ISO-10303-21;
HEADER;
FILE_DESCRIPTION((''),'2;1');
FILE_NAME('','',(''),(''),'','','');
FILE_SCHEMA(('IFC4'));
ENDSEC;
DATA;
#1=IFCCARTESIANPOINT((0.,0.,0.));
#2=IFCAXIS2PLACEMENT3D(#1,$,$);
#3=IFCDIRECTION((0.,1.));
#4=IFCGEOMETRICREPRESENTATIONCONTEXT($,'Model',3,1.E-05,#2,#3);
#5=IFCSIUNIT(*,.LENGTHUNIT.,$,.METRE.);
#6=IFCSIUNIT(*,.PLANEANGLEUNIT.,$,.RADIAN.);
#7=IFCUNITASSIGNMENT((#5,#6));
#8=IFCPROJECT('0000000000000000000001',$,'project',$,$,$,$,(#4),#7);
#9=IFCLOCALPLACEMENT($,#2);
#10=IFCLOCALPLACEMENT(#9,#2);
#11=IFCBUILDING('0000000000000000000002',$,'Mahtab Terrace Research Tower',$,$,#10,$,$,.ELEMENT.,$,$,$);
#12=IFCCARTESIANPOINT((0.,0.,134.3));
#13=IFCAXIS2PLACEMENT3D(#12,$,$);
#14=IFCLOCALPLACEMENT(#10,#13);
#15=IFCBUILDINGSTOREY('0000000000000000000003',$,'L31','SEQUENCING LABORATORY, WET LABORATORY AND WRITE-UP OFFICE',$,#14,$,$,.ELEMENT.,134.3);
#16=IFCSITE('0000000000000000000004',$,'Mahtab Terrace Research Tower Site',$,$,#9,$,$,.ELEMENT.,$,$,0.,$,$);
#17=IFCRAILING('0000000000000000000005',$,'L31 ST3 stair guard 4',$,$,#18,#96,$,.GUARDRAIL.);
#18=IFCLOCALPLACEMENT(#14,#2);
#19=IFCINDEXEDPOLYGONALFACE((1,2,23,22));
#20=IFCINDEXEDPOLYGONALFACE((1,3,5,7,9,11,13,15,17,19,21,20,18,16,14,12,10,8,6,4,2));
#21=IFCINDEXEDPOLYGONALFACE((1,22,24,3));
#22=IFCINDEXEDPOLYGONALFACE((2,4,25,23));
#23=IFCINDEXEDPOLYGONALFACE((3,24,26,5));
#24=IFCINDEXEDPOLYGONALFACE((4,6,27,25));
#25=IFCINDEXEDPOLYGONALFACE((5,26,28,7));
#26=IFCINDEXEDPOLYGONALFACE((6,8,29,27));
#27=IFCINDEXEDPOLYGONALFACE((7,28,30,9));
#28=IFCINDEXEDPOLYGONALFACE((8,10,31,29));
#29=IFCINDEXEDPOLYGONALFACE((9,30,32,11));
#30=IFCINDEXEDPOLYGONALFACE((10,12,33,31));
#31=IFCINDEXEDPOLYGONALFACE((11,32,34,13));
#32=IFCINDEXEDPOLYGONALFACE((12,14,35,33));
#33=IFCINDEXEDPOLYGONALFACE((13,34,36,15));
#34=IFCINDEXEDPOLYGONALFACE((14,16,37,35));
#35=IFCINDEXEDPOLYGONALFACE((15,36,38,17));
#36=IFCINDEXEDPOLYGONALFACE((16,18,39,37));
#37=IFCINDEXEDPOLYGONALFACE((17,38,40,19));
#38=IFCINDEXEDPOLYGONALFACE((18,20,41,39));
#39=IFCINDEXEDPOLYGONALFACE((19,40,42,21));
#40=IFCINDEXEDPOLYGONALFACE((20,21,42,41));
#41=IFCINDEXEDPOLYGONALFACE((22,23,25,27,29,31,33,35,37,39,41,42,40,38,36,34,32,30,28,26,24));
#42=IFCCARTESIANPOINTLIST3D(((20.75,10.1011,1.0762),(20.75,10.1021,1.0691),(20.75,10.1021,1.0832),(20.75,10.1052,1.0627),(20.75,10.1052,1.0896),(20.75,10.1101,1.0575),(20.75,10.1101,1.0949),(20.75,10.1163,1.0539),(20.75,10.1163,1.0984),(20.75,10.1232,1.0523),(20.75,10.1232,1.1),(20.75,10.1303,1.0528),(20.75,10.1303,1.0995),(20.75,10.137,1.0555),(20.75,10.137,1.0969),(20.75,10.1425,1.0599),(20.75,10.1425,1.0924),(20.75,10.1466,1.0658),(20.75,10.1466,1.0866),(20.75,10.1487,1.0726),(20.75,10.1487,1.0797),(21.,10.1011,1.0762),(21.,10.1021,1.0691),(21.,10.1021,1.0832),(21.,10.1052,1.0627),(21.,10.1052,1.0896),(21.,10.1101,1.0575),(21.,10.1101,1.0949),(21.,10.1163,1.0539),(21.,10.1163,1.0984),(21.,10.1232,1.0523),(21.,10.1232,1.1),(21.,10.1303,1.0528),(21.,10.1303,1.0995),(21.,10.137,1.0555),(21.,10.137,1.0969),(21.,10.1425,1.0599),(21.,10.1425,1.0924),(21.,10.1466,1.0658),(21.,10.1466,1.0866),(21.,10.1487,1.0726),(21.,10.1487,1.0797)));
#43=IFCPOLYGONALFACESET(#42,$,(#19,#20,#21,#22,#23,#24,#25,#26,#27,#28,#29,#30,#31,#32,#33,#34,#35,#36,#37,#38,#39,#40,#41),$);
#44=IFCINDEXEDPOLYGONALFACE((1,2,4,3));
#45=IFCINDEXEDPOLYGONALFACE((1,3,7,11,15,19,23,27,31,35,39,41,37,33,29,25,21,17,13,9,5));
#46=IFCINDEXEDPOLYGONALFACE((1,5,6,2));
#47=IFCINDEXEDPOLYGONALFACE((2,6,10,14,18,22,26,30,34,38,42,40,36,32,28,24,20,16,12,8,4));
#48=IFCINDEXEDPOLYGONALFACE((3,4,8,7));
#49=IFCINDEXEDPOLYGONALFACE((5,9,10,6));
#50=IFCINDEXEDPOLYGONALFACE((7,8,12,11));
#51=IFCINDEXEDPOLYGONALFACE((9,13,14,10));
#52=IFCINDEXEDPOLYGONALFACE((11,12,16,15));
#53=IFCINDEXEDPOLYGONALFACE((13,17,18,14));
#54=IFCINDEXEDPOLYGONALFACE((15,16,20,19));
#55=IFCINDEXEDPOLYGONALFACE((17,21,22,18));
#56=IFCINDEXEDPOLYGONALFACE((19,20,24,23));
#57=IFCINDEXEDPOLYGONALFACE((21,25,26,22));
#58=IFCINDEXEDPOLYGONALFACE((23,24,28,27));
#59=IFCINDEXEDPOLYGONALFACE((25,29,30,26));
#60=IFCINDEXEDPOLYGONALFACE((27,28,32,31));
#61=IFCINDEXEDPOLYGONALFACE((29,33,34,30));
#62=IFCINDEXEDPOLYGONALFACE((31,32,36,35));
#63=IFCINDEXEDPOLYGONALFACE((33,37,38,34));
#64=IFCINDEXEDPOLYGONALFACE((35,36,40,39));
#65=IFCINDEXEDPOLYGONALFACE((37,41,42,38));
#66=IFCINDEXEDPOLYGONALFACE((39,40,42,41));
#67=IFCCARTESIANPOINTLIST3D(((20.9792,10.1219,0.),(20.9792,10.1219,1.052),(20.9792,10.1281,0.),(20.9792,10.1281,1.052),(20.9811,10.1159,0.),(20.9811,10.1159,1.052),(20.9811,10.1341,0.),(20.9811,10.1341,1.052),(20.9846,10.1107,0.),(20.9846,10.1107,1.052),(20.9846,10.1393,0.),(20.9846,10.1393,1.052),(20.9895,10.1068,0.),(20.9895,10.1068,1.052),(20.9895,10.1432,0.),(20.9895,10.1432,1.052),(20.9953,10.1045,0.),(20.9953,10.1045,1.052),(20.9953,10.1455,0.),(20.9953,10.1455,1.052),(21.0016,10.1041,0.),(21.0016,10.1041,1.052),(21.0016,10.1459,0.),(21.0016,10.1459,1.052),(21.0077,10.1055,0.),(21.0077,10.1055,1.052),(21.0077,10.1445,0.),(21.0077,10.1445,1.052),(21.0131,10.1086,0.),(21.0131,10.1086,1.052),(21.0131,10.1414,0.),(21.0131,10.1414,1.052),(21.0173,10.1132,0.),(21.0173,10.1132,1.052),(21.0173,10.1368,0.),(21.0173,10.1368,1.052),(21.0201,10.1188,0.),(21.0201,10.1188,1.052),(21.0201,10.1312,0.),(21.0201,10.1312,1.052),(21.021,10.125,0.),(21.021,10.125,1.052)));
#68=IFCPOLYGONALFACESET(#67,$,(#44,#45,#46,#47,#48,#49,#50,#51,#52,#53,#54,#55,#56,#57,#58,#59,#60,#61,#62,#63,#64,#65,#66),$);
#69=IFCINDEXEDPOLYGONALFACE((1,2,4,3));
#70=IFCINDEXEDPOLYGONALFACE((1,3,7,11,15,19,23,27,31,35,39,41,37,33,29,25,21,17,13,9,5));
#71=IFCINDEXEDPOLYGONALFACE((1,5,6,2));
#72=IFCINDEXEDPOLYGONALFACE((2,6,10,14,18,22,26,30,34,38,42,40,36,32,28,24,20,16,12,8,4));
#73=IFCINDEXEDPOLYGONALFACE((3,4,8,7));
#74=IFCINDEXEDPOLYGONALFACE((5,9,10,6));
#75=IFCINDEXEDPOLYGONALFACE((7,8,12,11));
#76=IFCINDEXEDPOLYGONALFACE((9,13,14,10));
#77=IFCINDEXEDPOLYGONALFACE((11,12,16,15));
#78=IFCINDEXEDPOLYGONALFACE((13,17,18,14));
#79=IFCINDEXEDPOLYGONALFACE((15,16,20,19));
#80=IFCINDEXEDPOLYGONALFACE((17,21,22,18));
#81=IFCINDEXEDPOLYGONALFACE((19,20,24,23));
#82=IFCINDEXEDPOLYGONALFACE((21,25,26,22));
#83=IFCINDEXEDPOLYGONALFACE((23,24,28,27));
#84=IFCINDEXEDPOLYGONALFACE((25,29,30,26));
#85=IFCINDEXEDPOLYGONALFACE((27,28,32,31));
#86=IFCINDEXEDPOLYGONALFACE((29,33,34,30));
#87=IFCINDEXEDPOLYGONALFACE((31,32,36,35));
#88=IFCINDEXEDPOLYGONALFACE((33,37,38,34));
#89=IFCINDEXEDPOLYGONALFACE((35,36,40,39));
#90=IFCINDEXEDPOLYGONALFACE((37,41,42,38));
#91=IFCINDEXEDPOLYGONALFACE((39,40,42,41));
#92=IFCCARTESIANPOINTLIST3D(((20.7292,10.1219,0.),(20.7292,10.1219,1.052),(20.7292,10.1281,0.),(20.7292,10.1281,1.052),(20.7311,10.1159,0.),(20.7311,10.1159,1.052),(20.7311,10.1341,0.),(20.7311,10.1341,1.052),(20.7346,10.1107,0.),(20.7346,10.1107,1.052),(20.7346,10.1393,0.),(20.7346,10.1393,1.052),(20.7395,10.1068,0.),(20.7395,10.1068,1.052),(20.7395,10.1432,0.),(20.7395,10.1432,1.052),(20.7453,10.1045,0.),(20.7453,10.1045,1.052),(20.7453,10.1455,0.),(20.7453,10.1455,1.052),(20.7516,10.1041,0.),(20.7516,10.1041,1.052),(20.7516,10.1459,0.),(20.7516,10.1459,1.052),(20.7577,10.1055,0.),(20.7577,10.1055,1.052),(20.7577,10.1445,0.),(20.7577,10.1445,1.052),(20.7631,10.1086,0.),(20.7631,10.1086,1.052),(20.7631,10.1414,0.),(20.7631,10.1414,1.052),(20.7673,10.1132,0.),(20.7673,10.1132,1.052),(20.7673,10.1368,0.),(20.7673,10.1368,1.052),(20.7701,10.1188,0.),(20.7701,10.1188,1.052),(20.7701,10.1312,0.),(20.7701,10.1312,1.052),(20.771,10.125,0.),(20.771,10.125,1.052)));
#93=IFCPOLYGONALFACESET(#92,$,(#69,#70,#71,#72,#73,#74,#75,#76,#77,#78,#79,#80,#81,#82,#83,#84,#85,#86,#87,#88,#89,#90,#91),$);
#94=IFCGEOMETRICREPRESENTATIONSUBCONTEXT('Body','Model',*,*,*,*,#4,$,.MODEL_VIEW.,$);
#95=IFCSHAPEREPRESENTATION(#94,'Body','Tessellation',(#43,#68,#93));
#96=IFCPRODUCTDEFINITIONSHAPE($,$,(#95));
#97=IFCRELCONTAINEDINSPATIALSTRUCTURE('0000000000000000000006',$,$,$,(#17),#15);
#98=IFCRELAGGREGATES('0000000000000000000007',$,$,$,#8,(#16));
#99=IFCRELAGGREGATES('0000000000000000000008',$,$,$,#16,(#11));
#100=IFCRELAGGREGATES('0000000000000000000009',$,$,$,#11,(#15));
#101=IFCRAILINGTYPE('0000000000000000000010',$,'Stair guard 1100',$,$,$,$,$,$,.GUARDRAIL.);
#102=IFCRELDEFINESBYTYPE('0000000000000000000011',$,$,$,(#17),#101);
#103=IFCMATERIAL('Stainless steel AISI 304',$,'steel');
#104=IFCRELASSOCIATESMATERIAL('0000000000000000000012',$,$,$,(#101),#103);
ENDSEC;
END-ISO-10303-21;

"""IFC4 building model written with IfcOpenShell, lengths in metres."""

from ifc_helpers import new_model, si_unit, direction, frame, origin, origin_2d, place, context, subcontext, project, spatial, circle, extrude, material, type_object, element, save


model = new_model("IFC4")

# Units and contexts
model_context = context("Model", 3, precision=1e-05, world=origin(), true_north=direction((0.0, 1.0)))
body_context = subcontext(model_context, "Body", "Model", "MODEL_VIEW")
ifc_project = project(units=[si_unit("LENGTHUNIT", "METRE"), si_unit("PLANEANGLEUNIT", "RADIAN")], contexts=[model_context])

# Site, building, storey
site_placement = place(None, origin())
site = spatial("IfcSite", under=ifc_project, at=site_placement, Name="Mahtab Terrace Research Tower Site", CompositionType="ELEMENT", RefElevation=0.0)
building_placement = place(site_placement, origin())
building = spatial("IfcBuilding", under=site, at=building_placement, Name="Mahtab Terrace Research Tower", CompositionType="ELEMENT")
storey_placement = place(building_placement, frame((0.0, 0.0, 134.3)))
storey = spatial("IfcBuildingStorey", under=building, at=storey_placement, Name="L31", Description="SEQUENCING LABORATORY, WET LABORATORY AND WRITE-UP OFFICE", CompositionType="ELEMENT", Elevation=134.3)

# Railing
ifc_material_1 = material(Name="Stainless steel AISI 304", Category="steel")
railing_type_1 = type_object("IfcRailingType", Name="Stair guard 1100", PredefinedType="GUARDRAIL", material=ifc_material_1)
railing_1_placement = place(storey_placement, frame((21.0, 10.125, 0.0)))
element("IfcRailing", 1, at=railing_1_placement, inside=storey, type_object=railing_type_1, Name="L31 ST3 stair guard 4", PredefinedType="GUARDRAIL", context=body_context, shape_type="SweptSolid", body=[
    extrude(circle(Radius=0.0239, at=origin_2d()), frame((0.0, 0.0, 1.0762), z_axis=(-1.0, 0.0, 0.0), x_axis=(0.0, -1.0, 0.0)), (0.0, 0.0, 1.0), 0.25),
    extrude(circle(Radius=0.021, at=origin_2d()), origin(), (0.0, 0.0, 1.0), 1.052),
    extrude(circle(Radius=0.021, at=origin_2d()), frame((-0.25, 0.0, 0.0)), (0.0, 0.0, 1.0), 1.052),
])

save(model, "model.ifc")
